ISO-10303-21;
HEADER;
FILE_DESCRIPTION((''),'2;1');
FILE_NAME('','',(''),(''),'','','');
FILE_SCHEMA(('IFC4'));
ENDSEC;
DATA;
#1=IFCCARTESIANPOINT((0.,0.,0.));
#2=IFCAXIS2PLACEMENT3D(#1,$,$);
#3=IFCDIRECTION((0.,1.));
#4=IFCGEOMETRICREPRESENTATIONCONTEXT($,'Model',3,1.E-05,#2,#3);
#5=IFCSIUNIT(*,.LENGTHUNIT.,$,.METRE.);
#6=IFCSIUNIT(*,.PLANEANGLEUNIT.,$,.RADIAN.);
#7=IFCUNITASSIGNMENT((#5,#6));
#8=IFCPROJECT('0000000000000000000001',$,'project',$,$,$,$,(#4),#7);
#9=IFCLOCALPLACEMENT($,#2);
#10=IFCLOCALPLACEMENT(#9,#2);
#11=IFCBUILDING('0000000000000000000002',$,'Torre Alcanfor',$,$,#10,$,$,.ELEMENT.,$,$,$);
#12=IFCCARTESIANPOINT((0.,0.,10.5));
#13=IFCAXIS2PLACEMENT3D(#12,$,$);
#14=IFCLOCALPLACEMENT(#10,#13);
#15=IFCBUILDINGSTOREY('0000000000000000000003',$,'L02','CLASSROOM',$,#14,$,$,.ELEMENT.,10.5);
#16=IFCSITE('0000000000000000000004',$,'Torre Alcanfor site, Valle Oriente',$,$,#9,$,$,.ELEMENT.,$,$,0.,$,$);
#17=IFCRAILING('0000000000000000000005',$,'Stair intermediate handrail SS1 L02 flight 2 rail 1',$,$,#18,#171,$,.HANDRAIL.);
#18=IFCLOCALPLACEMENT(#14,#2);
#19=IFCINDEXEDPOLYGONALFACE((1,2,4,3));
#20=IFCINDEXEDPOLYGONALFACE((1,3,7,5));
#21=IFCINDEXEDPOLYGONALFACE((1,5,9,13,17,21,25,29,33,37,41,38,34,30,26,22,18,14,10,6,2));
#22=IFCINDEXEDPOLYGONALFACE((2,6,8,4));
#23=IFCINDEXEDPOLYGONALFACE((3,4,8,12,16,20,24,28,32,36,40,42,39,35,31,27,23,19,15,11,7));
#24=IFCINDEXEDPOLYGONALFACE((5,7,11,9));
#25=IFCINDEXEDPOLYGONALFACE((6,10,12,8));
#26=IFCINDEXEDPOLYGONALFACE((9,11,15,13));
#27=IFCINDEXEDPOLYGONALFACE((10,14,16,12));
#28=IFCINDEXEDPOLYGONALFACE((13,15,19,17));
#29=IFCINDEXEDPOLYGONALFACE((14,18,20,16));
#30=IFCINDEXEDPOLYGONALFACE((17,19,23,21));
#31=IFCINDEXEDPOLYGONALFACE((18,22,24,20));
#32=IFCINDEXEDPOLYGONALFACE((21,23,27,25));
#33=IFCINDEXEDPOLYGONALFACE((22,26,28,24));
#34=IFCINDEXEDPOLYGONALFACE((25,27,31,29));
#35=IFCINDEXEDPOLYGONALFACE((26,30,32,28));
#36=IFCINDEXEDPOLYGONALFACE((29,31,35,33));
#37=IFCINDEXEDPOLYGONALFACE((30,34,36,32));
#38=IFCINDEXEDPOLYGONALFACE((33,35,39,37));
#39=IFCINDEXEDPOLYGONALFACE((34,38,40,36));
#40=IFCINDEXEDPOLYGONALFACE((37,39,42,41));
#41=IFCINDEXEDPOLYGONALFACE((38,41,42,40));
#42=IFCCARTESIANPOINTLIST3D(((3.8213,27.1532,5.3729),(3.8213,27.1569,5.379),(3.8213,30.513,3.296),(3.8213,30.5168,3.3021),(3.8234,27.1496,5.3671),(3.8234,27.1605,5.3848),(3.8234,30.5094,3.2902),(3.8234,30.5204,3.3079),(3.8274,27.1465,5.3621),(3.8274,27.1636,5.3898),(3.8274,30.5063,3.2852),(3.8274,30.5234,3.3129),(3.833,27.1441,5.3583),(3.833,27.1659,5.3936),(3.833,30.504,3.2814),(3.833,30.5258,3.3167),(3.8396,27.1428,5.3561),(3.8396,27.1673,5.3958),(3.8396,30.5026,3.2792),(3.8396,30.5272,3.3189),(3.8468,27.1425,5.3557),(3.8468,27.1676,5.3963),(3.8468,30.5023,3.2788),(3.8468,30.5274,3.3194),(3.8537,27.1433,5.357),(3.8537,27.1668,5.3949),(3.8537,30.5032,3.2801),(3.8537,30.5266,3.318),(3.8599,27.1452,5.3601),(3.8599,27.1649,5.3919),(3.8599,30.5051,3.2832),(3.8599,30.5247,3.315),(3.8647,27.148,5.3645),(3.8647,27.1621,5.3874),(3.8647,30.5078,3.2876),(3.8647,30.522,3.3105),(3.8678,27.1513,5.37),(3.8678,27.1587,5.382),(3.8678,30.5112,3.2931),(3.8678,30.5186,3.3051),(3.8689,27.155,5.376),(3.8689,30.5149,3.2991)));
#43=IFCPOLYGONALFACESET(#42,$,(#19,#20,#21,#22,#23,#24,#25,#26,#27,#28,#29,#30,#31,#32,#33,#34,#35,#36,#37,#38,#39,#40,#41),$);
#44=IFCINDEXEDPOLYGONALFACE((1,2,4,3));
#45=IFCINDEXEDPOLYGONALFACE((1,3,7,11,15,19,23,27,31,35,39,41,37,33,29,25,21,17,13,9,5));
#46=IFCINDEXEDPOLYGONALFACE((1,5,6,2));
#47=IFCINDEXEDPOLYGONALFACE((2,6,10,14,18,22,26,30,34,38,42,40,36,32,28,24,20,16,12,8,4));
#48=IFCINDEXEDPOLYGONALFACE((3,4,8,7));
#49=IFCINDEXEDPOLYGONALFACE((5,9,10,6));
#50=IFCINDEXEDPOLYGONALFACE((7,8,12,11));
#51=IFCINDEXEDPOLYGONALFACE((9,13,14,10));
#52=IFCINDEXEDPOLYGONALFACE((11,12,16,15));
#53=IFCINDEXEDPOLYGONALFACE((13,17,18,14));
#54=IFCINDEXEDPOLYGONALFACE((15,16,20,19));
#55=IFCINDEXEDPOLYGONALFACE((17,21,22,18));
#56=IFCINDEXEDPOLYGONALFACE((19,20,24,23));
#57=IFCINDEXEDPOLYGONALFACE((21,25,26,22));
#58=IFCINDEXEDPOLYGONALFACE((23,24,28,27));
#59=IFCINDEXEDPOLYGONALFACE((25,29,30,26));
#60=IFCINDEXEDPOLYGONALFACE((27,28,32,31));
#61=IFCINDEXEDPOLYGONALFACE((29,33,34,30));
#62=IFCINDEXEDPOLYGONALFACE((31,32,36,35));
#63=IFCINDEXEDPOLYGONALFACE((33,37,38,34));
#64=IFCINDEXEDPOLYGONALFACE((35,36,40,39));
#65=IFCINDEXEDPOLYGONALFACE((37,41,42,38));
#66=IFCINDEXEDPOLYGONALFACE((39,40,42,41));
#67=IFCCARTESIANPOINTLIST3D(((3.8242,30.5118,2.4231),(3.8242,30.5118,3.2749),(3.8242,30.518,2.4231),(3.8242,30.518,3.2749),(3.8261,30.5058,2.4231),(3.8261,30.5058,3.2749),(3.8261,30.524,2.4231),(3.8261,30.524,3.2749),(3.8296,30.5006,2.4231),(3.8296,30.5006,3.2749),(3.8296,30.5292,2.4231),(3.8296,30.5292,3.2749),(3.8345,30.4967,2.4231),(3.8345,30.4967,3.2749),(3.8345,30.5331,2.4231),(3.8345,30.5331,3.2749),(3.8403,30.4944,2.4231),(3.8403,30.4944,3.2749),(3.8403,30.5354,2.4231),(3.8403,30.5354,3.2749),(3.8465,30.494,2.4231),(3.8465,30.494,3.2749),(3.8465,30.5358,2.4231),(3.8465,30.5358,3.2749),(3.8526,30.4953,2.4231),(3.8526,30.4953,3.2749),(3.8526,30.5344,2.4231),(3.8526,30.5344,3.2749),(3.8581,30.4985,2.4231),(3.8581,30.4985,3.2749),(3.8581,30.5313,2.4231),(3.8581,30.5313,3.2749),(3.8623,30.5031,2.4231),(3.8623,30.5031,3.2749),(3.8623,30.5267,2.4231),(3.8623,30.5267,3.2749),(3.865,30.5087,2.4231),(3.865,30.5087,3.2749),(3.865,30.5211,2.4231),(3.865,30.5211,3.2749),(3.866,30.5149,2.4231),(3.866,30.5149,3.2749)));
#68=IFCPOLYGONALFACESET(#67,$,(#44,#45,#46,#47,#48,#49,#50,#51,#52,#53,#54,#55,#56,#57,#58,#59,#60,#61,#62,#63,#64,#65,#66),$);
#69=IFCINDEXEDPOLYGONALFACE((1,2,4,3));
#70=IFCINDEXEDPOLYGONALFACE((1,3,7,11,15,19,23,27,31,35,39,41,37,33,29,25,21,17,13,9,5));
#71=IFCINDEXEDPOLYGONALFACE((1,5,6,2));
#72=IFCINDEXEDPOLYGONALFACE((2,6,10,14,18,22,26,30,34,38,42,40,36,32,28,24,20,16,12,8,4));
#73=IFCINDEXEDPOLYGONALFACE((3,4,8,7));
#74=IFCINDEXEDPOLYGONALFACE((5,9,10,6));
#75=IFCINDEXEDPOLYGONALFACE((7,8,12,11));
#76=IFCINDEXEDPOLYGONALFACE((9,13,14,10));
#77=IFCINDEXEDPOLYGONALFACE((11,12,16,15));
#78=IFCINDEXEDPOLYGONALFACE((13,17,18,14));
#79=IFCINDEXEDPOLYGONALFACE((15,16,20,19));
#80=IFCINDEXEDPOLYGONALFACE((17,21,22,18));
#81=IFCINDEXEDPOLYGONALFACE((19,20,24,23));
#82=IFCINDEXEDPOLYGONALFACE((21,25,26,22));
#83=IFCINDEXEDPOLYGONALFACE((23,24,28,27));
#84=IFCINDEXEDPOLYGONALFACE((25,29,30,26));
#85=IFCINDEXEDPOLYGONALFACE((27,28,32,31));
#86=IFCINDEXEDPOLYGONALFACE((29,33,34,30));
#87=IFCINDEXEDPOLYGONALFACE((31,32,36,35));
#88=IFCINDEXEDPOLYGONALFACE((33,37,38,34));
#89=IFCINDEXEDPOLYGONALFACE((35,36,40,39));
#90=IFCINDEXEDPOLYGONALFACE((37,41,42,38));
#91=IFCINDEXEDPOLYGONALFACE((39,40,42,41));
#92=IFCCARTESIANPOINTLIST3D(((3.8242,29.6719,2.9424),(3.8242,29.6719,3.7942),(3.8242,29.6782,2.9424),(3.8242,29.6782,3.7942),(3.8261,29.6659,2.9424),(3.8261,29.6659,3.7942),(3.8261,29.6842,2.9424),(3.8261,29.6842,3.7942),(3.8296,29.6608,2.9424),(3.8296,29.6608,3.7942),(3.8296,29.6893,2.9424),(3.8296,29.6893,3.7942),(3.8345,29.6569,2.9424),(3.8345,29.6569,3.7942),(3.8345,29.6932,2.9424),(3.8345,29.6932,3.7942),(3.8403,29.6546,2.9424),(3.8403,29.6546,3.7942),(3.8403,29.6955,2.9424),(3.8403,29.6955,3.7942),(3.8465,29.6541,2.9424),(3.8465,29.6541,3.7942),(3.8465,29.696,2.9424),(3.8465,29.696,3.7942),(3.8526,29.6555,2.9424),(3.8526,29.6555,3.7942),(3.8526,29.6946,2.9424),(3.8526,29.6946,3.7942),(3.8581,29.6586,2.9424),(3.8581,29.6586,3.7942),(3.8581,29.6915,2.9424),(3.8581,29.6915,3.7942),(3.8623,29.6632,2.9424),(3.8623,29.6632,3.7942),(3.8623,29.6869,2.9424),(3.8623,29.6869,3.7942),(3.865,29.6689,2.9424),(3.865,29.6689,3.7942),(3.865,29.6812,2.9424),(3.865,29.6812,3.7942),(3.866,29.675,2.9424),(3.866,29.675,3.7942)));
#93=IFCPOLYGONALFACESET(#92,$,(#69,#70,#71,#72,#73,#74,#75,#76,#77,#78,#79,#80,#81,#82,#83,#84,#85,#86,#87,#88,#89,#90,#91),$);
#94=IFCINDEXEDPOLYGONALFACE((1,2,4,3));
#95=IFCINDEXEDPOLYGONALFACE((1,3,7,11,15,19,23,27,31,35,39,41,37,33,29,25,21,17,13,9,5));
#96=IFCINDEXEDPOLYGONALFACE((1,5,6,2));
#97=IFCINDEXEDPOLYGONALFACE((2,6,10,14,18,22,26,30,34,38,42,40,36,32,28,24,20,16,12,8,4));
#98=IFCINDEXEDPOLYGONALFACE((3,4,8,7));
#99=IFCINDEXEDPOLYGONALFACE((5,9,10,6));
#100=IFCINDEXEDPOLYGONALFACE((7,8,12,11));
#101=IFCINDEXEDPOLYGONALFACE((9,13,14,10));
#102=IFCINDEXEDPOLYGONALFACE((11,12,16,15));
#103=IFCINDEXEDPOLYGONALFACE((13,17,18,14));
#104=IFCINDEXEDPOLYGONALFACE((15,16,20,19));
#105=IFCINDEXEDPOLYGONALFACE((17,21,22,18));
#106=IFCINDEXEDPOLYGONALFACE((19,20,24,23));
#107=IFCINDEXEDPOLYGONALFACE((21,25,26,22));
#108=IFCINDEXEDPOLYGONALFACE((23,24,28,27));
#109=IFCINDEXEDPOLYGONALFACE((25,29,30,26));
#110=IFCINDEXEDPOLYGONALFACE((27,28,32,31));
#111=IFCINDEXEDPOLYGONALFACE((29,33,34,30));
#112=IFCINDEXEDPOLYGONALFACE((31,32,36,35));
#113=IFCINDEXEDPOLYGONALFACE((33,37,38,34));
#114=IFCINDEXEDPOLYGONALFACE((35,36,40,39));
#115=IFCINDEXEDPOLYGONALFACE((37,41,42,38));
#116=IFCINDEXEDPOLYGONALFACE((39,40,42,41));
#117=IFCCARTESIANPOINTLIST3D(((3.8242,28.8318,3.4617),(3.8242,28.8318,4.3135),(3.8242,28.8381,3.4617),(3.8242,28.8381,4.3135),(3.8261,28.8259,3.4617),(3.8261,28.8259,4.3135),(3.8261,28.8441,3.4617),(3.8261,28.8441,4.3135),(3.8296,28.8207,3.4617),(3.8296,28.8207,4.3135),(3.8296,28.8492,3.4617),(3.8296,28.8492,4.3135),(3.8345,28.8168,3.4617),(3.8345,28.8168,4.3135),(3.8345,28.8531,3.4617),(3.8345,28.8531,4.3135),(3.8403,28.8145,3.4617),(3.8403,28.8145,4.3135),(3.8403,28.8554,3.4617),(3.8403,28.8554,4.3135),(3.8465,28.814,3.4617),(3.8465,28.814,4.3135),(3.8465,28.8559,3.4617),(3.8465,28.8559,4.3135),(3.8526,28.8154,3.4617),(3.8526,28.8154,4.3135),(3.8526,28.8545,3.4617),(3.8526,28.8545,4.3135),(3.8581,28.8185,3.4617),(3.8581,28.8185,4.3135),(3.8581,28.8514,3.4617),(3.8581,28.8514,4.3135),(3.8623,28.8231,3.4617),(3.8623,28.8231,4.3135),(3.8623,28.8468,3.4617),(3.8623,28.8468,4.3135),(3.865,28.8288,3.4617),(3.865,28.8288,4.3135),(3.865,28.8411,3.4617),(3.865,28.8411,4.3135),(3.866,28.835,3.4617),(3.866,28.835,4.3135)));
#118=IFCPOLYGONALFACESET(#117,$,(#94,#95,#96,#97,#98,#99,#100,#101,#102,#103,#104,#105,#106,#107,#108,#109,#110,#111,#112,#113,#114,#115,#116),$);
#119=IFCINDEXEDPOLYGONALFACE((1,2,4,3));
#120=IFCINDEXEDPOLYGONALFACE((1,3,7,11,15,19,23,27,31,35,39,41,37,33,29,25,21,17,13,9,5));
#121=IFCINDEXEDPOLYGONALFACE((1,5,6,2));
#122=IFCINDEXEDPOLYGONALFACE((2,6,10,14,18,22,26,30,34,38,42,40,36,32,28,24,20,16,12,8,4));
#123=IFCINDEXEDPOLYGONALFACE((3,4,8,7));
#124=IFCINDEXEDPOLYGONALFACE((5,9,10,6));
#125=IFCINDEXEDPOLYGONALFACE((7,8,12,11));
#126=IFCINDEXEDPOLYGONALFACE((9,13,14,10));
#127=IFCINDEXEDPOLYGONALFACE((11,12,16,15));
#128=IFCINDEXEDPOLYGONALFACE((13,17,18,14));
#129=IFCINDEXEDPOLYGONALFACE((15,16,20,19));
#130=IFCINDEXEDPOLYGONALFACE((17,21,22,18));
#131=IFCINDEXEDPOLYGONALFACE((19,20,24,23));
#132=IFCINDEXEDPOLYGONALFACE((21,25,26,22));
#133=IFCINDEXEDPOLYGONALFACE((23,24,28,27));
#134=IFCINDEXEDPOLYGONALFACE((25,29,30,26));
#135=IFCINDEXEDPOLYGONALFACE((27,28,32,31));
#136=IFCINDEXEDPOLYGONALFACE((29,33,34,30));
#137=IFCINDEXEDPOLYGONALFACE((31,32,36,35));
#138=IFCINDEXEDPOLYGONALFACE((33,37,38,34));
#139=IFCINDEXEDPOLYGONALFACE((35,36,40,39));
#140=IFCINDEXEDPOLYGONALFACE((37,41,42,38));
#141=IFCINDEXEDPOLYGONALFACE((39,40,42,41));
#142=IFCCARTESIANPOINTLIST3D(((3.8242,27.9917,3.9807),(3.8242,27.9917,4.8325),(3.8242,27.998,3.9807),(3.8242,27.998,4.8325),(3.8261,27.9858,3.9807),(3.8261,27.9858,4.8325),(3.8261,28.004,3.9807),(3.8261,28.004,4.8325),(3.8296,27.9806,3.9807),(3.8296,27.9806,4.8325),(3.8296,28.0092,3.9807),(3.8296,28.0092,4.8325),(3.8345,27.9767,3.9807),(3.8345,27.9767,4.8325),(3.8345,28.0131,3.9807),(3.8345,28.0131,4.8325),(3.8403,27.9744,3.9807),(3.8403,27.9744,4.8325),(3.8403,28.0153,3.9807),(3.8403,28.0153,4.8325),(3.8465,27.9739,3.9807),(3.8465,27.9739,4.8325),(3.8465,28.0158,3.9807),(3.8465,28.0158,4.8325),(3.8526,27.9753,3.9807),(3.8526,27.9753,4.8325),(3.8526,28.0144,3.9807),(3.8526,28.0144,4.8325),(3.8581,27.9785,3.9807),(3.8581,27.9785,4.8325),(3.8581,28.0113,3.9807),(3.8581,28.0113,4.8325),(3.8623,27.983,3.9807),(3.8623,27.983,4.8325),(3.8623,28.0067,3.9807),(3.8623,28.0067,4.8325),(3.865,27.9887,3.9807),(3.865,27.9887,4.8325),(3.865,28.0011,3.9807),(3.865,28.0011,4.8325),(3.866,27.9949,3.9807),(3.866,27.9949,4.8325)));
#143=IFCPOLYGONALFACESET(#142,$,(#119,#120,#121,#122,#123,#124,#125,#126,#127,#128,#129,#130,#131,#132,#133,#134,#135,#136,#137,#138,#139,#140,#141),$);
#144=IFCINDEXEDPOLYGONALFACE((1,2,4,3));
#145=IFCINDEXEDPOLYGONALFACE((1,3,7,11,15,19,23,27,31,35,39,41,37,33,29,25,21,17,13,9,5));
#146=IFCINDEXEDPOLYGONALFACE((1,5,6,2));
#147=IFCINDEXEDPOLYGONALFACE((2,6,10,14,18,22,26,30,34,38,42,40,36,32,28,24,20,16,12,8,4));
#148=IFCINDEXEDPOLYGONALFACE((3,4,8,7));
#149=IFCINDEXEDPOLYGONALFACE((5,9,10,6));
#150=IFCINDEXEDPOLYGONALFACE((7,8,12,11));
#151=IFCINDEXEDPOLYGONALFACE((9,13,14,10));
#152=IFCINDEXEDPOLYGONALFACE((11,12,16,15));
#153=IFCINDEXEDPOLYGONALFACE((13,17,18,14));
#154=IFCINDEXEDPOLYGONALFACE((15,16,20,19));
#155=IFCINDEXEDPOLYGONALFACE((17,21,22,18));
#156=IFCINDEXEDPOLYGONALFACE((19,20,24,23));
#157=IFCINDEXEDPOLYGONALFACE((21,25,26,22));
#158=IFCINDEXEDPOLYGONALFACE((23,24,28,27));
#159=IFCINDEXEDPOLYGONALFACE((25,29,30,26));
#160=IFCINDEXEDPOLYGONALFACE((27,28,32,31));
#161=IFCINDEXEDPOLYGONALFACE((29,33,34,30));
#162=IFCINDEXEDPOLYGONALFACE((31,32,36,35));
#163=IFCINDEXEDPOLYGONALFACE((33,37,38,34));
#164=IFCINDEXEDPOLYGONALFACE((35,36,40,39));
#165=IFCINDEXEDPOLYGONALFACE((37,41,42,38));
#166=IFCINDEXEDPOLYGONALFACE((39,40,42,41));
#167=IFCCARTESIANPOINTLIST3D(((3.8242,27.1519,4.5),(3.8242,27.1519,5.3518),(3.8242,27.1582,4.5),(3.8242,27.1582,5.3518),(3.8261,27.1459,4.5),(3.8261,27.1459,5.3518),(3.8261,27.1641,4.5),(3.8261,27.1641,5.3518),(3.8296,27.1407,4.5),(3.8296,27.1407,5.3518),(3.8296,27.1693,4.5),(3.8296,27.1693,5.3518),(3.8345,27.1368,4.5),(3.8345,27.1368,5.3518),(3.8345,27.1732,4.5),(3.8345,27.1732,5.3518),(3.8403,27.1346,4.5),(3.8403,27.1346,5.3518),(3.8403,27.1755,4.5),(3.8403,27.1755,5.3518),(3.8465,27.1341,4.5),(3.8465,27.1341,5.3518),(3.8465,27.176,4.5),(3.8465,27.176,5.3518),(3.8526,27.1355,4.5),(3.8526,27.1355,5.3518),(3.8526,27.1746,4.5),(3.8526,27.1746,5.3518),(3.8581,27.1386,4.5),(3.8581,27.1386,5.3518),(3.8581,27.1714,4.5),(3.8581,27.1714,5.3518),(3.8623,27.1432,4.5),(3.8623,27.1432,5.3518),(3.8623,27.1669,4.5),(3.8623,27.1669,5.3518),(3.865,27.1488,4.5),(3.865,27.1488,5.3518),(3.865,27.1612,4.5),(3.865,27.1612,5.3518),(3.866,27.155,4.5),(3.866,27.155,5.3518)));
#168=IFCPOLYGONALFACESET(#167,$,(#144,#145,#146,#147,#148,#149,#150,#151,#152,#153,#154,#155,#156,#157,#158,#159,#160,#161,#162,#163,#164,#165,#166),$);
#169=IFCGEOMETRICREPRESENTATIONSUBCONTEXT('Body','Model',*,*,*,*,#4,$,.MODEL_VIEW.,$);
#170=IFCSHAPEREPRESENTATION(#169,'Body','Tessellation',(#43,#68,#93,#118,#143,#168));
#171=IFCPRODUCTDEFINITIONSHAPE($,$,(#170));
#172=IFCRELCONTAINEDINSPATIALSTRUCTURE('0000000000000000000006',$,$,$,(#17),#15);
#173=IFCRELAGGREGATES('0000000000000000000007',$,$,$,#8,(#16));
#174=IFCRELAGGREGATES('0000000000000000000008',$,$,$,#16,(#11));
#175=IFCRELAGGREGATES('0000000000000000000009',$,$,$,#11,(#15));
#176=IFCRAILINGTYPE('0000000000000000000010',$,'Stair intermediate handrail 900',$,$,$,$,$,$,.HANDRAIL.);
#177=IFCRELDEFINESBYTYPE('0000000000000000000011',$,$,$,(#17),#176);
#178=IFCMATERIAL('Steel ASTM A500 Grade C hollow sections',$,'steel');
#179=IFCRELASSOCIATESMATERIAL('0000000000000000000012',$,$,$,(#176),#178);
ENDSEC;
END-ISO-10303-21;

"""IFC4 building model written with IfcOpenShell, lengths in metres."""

from ifc_helpers import new_model, si_unit, direction, frame, origin, origin_2d, place, context, subcontext, project, spatial, circle, extrude, material, type_object, element, save


model = new_model("IFC4")

# Units and contexts
model_context = context("Model", 3, precision=1e-05, world=origin(), true_north=direction((0.0, 1.0)))
body_context = subcontext(model_context, "Body", "Model", "MODEL_VIEW")
ifc_project = project(units=[si_unit("LENGTHUNIT", "METRE"), si_unit("PLANEANGLEUNIT", "RADIAN")], contexts=[model_context])

# Site, building, storey
site_placement = place(None, origin())
site = spatial("IfcSite", under=ifc_project, at=site_placement, Name="Torre Alcanfor site, Valle Oriente", CompositionType="ELEMENT", RefElevation=0.0)
building_placement = place(site_placement, origin())
building = spatial("IfcBuilding", under=site, at=building_placement, Name="Torre Alcanfor", CompositionType="ELEMENT")
storey_placement = place(building_placement, frame((0.0, 0.0, 10.5)))
storey = spatial("IfcBuildingStorey", under=building, at=storey_placement, Name="L02", Description="CLASSROOM", CompositionType="ELEMENT", Elevation=10.5)

# Railing
ifc_material_1 = material(Name="Steel ASTM A500 Grade C hollow sections", Category="steel")
railing_type_1 = type_object("IfcRailingType", Name="Stair intermediate handrail 900", PredefinedType="HANDRAIL", material=ifc_material_1)
railing_1_placement = place(storey_placement, frame((3.845, 30.5149, 2.4231)))
element("IfcRailing", 1, at=railing_1_placement, inside=storey, type_object=railing_type_1, Name="Stair intermediate handrail SS1 L02 flight 2 rail 1", PredefinedType="HANDRAIL", context=body_context, shape_type="SweptSolid", body=[
    extrude(circle(Radius=0.0239, at=origin_2d()), frame((0.0, 0.0, 0.876), z_axis=(0.0, -0.850606, 0.525803), x_axis=(1.0, 0.0, 0.0)), (0.0, 0.0, 1.0), 3.95),
    extrude(circle(Radius=0.021, at=origin_2d()), origin(), (0.0, 0.0, 1.0), 0.8518),
    extrude(circle(Radius=0.021, at=origin_2d()), frame((0.0, -0.8398, 0.5193)), (0.0, 0.0, 1.0), 0.8518),
    extrude(circle(Radius=0.021, at=origin_2d()), frame((0.0, -1.6799, 1.0386)), (0.0, 0.0, 1.0), 0.8518),
    extrude(circle(Radius=0.021, at=origin_2d()), frame((0.0, -2.52, 1.5576)), (0.0, 0.0, 1.0), 0.8518),
    extrude(circle(Radius=0.021, at=origin_2d()), frame((0.0, -3.3599, 2.0769)), (0.0, 0.0, 1.0), 0.8518),
])

save(model, "model.ifc")
